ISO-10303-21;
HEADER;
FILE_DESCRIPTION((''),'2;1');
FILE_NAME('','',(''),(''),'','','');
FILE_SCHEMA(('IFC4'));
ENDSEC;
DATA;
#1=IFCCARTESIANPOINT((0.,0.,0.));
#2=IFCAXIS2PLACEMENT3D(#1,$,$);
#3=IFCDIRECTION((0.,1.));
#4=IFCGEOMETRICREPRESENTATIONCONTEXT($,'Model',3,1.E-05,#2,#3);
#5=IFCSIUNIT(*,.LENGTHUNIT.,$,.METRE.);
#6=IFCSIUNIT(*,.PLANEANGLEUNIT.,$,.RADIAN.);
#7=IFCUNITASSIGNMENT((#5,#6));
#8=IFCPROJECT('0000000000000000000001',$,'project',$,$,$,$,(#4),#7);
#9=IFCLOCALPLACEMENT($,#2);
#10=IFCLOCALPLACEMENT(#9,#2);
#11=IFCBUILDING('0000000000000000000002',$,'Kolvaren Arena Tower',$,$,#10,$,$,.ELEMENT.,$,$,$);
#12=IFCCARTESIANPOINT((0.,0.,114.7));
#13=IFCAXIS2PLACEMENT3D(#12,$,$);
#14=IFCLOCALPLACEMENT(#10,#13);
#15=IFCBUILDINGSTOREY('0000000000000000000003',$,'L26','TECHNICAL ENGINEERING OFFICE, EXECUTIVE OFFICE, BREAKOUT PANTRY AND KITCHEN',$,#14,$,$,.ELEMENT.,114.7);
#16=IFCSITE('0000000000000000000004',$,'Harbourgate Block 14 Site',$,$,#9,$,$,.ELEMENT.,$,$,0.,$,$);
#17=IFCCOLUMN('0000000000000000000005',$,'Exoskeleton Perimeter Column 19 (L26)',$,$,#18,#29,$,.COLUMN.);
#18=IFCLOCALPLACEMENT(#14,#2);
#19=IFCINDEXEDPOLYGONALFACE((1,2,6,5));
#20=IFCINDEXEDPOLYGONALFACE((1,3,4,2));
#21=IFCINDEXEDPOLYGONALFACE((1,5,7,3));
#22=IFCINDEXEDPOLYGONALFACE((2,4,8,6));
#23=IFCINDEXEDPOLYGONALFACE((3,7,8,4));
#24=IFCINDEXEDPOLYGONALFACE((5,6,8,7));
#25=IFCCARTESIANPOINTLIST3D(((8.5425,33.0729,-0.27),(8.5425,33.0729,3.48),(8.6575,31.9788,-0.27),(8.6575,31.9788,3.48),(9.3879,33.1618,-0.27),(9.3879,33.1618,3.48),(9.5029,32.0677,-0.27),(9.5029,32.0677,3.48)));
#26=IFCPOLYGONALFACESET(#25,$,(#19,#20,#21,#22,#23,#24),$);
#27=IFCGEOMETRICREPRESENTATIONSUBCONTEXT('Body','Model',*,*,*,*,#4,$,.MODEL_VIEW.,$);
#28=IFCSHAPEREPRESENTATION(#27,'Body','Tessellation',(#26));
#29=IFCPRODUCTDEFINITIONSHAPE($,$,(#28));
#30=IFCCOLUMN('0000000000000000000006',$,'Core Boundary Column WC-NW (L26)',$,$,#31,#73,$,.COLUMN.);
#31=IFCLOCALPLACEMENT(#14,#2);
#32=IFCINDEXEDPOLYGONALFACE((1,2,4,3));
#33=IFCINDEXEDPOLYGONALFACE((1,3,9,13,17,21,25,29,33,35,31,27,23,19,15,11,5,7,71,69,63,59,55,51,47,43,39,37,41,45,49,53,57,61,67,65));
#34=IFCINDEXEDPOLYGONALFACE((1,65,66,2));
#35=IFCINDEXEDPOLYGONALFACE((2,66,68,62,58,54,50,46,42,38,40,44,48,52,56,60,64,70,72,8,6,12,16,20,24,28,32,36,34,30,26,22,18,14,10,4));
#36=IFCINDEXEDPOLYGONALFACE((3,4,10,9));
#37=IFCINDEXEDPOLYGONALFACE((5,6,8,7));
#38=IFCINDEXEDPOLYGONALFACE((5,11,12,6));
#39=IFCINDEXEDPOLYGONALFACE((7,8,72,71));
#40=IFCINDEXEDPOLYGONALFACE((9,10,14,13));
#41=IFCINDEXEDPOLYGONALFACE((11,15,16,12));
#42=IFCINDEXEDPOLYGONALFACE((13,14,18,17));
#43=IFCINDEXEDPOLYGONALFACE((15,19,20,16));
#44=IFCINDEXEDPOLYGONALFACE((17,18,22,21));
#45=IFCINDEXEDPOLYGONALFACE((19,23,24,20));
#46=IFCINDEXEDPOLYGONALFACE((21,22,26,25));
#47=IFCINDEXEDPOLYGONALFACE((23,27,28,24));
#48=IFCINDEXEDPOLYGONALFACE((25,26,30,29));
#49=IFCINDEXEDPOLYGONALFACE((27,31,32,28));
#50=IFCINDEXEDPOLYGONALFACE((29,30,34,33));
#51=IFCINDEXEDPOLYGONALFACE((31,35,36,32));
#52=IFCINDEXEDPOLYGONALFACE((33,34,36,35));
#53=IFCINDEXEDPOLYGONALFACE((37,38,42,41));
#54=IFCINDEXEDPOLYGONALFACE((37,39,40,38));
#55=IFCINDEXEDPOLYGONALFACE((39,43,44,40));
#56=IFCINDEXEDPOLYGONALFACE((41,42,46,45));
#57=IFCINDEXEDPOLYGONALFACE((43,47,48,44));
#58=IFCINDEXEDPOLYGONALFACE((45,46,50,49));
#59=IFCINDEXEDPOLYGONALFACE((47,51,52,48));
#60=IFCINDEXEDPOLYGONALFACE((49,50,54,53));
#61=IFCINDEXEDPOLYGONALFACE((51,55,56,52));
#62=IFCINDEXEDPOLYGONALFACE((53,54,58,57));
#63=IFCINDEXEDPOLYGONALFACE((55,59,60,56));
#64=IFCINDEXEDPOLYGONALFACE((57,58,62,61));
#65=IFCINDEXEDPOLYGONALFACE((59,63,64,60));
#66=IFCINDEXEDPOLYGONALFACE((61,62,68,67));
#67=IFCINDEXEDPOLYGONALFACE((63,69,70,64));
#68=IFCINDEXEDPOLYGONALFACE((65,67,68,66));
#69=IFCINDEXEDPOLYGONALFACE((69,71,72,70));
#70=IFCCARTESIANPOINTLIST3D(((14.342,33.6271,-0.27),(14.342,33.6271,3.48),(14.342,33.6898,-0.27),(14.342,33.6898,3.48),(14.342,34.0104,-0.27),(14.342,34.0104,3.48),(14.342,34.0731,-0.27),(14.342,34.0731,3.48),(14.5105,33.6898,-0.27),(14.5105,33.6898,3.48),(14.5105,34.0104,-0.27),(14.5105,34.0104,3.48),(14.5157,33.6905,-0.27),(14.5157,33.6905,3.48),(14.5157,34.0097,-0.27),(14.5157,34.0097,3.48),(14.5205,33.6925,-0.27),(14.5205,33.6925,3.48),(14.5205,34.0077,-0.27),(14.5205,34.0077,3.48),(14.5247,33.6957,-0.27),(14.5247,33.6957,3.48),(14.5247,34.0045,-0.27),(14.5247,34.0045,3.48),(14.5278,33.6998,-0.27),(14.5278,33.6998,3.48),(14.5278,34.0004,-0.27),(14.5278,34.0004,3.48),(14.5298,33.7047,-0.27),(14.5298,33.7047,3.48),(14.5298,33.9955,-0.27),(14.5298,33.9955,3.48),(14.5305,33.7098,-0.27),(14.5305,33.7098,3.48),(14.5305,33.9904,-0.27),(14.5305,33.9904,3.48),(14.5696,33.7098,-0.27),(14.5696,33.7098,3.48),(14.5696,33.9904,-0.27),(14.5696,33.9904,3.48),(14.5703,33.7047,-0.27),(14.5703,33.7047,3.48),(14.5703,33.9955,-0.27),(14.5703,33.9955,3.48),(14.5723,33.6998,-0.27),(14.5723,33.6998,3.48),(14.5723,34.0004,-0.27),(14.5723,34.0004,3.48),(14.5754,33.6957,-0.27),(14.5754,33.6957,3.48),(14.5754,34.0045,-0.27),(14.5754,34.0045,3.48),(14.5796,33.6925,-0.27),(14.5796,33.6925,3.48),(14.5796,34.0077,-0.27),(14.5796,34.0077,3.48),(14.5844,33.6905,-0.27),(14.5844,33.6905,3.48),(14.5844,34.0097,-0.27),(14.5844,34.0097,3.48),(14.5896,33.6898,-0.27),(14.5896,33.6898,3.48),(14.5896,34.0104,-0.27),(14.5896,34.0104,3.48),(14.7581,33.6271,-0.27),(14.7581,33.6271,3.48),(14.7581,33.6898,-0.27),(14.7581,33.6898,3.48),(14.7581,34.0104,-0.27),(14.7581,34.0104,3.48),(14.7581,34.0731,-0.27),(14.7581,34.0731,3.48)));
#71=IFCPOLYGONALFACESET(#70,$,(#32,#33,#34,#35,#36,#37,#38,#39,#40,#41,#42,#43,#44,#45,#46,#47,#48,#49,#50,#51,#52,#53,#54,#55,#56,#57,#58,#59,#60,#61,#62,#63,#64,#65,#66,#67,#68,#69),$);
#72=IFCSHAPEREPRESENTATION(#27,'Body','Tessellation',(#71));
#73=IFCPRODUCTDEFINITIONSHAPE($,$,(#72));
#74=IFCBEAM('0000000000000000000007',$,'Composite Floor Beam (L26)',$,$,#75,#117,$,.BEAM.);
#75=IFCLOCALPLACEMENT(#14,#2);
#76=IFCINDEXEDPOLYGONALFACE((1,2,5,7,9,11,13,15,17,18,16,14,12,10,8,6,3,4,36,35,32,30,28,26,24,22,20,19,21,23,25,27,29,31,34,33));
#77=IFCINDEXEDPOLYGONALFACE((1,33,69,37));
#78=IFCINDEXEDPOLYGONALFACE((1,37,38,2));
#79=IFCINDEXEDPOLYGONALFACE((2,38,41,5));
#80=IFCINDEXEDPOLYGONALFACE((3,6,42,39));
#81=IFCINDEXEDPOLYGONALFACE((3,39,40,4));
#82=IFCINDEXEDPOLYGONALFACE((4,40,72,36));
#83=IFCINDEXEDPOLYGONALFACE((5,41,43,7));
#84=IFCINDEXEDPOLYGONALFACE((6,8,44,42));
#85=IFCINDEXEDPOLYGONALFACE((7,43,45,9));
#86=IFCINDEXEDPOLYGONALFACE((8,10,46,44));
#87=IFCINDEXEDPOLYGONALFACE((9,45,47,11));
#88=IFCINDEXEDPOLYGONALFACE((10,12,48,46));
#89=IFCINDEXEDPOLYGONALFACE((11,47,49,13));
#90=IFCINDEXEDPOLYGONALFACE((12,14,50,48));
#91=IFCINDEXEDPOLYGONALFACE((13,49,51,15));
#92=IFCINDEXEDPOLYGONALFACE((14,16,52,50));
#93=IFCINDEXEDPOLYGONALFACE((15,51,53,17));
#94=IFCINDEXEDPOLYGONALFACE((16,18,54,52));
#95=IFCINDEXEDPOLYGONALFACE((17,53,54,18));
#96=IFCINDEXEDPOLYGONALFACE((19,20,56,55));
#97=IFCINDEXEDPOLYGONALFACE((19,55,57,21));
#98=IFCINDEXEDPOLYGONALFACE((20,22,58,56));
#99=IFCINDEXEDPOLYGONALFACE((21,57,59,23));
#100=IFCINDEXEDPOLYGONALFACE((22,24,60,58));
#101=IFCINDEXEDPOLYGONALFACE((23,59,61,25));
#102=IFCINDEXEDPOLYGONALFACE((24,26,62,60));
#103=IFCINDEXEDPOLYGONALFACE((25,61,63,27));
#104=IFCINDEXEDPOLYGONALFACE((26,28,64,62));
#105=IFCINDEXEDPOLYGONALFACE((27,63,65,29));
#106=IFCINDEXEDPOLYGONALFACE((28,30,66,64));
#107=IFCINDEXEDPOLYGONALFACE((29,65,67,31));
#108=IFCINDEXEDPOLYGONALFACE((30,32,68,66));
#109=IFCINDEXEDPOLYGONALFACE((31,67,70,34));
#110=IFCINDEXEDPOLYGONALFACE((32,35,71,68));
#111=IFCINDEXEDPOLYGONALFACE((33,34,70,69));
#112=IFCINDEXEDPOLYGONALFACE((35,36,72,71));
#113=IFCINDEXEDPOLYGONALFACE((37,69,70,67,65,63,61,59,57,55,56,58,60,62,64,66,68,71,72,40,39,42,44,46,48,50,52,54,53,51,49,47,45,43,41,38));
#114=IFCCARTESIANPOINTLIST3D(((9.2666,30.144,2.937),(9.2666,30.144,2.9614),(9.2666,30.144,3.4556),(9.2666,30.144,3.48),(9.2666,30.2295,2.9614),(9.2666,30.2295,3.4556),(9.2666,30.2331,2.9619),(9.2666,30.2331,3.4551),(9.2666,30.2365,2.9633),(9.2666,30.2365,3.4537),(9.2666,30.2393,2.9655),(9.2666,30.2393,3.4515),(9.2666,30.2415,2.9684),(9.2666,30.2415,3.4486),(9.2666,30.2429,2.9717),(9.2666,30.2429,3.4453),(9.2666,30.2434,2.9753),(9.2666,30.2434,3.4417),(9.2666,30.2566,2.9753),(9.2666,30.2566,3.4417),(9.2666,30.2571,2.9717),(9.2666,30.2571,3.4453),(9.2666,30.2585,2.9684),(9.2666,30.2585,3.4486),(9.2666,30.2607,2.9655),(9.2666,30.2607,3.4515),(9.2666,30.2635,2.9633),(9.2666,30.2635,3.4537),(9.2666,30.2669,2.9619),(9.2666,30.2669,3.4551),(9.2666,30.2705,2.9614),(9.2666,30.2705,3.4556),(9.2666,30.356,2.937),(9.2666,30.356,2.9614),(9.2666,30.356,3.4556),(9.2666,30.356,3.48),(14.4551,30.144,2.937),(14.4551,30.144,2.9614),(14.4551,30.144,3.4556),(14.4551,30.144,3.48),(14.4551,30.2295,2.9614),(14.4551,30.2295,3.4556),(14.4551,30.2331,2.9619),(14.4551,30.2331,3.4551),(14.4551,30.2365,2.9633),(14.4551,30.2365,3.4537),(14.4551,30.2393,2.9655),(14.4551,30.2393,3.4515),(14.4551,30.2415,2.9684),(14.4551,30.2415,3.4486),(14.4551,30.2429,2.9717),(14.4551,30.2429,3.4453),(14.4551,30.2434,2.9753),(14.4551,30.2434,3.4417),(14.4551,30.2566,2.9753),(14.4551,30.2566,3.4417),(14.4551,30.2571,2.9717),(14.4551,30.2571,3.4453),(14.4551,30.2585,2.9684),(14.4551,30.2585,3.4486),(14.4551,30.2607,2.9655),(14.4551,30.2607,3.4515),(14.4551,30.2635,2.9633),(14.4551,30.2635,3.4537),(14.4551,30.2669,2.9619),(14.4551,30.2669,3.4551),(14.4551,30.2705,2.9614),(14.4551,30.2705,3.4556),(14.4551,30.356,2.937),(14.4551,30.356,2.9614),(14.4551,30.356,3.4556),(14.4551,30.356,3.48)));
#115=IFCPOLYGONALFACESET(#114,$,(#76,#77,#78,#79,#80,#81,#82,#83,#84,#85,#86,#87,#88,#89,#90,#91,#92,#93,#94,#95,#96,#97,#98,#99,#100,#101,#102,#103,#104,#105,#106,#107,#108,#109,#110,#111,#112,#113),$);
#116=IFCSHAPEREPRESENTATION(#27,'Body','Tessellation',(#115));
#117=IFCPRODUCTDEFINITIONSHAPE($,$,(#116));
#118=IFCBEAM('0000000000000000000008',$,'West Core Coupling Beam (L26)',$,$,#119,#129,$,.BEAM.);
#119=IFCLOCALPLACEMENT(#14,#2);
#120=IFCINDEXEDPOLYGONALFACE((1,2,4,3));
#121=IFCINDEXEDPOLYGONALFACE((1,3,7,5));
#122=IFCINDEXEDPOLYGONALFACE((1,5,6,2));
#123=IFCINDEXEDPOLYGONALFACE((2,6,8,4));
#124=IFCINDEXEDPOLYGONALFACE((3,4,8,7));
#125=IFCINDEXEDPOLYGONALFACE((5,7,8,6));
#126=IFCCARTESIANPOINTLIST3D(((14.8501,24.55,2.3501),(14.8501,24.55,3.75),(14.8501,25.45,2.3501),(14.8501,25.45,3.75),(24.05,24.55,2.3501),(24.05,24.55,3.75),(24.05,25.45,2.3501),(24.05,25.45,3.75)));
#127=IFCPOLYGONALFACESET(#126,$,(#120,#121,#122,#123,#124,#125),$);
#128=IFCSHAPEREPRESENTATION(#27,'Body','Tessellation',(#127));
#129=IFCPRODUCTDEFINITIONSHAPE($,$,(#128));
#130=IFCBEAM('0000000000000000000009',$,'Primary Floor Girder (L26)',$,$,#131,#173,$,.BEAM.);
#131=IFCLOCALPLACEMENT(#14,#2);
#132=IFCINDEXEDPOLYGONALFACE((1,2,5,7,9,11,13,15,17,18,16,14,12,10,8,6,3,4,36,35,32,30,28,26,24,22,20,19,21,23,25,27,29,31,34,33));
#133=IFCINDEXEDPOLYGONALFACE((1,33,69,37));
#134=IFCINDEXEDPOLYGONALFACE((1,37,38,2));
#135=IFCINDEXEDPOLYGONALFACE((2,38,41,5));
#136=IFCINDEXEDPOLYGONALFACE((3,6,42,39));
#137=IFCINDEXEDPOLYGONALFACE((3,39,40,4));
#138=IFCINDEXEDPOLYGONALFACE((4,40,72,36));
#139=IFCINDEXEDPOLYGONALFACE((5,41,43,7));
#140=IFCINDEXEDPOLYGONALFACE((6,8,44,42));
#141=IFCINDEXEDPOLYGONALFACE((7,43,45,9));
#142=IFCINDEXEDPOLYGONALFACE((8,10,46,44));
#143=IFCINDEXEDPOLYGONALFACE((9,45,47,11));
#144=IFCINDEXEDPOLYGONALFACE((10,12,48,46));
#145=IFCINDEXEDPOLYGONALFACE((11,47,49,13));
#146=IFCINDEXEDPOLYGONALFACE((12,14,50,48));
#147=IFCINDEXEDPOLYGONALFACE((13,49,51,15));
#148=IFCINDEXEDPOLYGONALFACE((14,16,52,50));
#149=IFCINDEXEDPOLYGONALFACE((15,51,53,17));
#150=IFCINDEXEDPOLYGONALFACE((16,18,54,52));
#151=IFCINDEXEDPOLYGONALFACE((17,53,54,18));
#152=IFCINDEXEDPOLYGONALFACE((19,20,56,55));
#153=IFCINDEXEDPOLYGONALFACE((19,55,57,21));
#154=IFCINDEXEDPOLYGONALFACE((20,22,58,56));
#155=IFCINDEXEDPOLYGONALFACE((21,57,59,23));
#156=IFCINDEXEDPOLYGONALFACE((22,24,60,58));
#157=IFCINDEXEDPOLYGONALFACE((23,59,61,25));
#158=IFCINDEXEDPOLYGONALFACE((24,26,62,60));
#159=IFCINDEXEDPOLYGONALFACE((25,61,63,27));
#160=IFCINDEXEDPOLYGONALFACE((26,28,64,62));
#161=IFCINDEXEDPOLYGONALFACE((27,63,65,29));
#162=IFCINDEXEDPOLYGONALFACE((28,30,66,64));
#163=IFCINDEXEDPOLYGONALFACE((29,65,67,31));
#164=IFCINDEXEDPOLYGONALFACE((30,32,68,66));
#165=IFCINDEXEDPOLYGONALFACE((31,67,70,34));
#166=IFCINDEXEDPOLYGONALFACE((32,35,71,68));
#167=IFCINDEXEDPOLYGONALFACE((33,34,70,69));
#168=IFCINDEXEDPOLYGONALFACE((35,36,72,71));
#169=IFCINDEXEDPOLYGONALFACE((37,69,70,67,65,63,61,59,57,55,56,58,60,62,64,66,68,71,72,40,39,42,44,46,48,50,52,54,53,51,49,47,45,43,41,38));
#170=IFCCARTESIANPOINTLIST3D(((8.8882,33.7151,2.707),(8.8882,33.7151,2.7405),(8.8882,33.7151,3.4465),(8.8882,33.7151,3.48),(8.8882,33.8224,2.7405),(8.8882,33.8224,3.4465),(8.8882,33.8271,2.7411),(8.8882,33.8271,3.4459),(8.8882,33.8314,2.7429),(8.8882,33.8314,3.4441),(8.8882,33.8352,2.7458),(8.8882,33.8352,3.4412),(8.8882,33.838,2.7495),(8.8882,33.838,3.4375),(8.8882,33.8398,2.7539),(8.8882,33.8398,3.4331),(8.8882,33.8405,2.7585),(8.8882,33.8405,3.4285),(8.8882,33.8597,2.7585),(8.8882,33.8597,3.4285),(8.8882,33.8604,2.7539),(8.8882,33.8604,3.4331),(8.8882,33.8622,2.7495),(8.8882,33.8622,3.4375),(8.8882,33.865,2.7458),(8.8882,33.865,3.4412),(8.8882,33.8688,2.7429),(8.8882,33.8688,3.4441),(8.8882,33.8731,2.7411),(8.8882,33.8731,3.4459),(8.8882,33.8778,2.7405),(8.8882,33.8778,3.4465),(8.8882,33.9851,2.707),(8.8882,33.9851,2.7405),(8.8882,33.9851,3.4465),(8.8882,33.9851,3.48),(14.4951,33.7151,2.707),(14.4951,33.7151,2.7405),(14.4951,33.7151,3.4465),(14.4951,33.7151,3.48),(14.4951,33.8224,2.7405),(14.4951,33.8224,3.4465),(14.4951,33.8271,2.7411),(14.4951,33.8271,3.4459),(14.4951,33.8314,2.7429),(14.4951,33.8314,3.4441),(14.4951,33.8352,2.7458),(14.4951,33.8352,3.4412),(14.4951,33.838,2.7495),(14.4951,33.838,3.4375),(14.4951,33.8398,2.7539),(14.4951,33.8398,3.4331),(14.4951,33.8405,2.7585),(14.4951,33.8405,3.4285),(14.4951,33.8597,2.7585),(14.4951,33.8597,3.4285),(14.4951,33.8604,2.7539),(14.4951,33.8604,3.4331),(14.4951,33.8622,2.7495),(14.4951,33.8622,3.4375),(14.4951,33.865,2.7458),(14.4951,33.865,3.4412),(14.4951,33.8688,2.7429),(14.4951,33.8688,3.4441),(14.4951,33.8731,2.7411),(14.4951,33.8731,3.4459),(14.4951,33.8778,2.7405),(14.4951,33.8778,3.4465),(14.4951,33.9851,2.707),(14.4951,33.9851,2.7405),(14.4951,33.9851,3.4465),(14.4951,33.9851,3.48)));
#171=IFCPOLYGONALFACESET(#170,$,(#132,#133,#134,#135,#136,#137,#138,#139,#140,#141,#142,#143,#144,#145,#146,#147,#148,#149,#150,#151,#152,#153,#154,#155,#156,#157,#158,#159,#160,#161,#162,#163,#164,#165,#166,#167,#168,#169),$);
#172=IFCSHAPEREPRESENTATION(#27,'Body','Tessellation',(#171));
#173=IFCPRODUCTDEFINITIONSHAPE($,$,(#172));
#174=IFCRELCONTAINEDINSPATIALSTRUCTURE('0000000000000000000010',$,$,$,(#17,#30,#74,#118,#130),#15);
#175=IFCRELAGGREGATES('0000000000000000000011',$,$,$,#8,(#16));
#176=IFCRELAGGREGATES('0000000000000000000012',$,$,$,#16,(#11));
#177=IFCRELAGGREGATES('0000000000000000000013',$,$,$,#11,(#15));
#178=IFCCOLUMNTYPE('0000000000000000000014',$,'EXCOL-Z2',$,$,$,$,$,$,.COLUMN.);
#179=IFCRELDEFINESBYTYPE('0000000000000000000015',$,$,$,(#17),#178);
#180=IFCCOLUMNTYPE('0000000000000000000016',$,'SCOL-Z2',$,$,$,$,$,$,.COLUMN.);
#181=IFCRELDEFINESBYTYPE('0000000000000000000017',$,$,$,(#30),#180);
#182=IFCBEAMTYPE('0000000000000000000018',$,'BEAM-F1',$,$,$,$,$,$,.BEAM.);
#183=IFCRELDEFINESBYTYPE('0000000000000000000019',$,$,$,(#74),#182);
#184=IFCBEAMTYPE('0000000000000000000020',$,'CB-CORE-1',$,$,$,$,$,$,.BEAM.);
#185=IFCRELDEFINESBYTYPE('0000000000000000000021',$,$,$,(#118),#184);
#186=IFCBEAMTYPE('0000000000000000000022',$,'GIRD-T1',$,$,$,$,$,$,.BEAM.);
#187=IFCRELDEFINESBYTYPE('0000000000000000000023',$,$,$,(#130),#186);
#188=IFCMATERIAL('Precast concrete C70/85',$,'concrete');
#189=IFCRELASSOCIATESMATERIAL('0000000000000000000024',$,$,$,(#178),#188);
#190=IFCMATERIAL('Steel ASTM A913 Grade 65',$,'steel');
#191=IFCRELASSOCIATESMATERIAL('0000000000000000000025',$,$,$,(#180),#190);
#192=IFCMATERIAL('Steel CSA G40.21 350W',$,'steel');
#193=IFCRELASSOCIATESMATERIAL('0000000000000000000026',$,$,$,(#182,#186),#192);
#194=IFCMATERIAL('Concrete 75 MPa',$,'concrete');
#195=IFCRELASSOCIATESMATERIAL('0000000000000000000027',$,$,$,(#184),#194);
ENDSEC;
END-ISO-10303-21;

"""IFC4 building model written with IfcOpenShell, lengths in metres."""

from ifc_helpers import new_model, si_unit, direction, frame, origin, origin_2d, place, context, subcontext, project, spatial, rectangle, i_section, extrude, material, material_profile, profile_set, type_object, element, save


model = new_model("IFC4")

# Units and contexts
model_context = context("Model", 3, precision=1e-05, world=origin(), true_north=direction((0.0, 1.0)))
body_context = subcontext(model_context, "Body", "Model", "MODEL_VIEW")
ifc_project = project(units=[si_unit("LENGTHUNIT", "METRE"), si_unit("PLANEANGLEUNIT", "RADIAN")], contexts=[model_context])

# Site, building, storey
site_placement = place(None, origin())
site = spatial("IfcSite", under=ifc_project, at=site_placement, Name="Harbourgate Block 14 Site", CompositionType="ELEMENT", RefElevation=0.0)
building_placement = place(site_placement, origin())
building = spatial("IfcBuilding", under=site, at=building_placement, Name="Kolvaren Arena Tower", CompositionType="ELEMENT")
storey_placement = place(building_placement, frame((0.0, 0.0, 114.7)))
storey = spatial("IfcBuildingStorey", under=building, at=storey_placement, Name="L26", Description="TECHNICAL ENGINEERING OFFICE, EXECUTIVE OFFICE, BREAKOUT PANTRY AND KITCHEN", CompositionType="ELEMENT", Elevation=114.7)

# Columns
ifc_material_1 = material(Name="Precast concrete C70/85", Category="concrete")
ifc_material_profile_1 = material_profile(ifc_material_1, rectangle(XDim=1.1001, YDim=0.8501, at=origin_2d()), Name="RC-1100x850")
ifc_profile_set_1 = profile_set([ifc_material_profile_1], Name="Precast concrete C70/85")
column_type_1 = type_object("IfcColumnType", Name="EXCOL-Z2", PredefinedType="COLUMN", material=ifc_profile_set_1)
column_1_placement = place(storey_placement, frame((9.0227, 32.5703, -0.27), z_axis=(0.0, 0.0, 1.0), x_axis=(-0.104528, 0.994522, 0.0)))
element("IfcColumn", 1, at=column_1_placement, inside=storey, type_object=column_type_1, Name="Exoskeleton Perimeter Column 19 (L26)", PredefinedType="COLUMN", context=body_context, shape_type="SweptSolid", body=[
    extrude(rectangle(XDim=1.1001, YDim=0.8501, at=origin_2d()), origin(), (0.0, 0.0, 1.0), 3.75),
])
ifc_material_2 = material(Name="Steel ASTM A913 Grade 65", Category="steel")
ifc_material_profile_2 = material_profile(ifc_material_2, i_section(OverallWidth=0.416, OverallDepth=0.446, WebThickness=0.0391, FlangeThickness=0.0627, FilletRadius=0.02, at=origin_2d()), Name="W360x509")
ifc_profile_set_2 = profile_set([ifc_material_profile_2], Name="Steel ASTM A913 Grade 65")
column_type_2 = type_object("IfcColumnType", Name="SCOL-Z2", PredefinedType="COLUMN", material=ifc_profile_set_2)
column_2_placement = place(storey_placement, frame((14.55, 33.8501, -0.27), z_axis=(0.0, 0.0, 1.0), x_axis=(1.0, 0.0, 0.0)))
element("IfcColumn", 2, at=column_2_placement, inside=storey, type_object=column_type_2, Name="Core Boundary Column WC-NW (L26)", PredefinedType="COLUMN", context=body_context, shape_type="SweptSolid", body=[
    extrude(i_section(OverallWidth=0.416, OverallDepth=0.446, WebThickness=0.0391, FlangeThickness=0.0627, FilletRadius=0.02, at=origin_2d()), origin(), (0.0, 0.0, 1.0), 3.75),
])

# Beams
ifc_material_3 = material(Name="Steel CSA G40.21 350W", Category="steel")
ifc_material_profile_3 = material_profile(ifc_material_3, i_section(OverallWidth=0.2119, OverallDepth=0.543, WebThickness=0.0132, FlangeThickness=0.0244, FilletRadius=0.0139, at=origin_2d()), Name="W530x150")
ifc_profile_set_3 = profile_set([ifc_material_profile_3], Name="Steel CSA G40.21 350W")
beam_type_1 = type_object("IfcBeamType", Name="BEAM-F1", PredefinedType="BEAM", material=ifc_profile_set_3)
beam_1_placement = place(storey_placement, frame((9.2666, 30.25, 3.2085), z_axis=(1.0, 0.0, 0.0), x_axis=(0.0, 1.0, 0.0)))
element("IfcBeam", 3, at=beam_1_placement, inside=storey, type_object=beam_type_1, Name="Composite Floor Beam (L26)", PredefinedType="BEAM", context=body_context, shape_type="SweptSolid", body=[
    extrude(i_section(OverallWidth=0.2119, OverallDepth=0.543, WebThickness=0.0132, FlangeThickness=0.0244, FilletRadius=0.0139, at=origin_2d()), origin(), (0.0, 0.0, 1.0), 5.1885),
])
ifc_material_4 = material(Name="Concrete 75 MPa", Category="concrete")
ifc_material_profile_4 = material_profile(ifc_material_4, rectangle(XDim=0.8999, YDim=1.3999, at=origin_2d()), Name="RC-900x1400")
ifc_profile_set_4 = profile_set([ifc_material_profile_4], Name="Concrete 75 MPa")
beam_type_2 = type_object("IfcBeamType", Name="CB-CORE-1", PredefinedType="BEAM", material=ifc_profile_set_4)
beam_2_placement = place(storey_placement, frame((14.8501, 25.0, 3.05), z_axis=(1.0, 0.0, 0.0), x_axis=(0.0, 1.0, 0.0)))
element("IfcBeam", 4, at=beam_2_placement, inside=storey, type_object=beam_type_2, Name="West Core Coupling Beam (L26)", PredefinedType="BEAM", context=body_context, shape_type="SweptSolid", body=[
    extrude(rectangle(XDim=0.8999, YDim=1.3999, at=origin_2d()), origin(), (0.0, 0.0, 1.0), 9.2),
])
ifc_material_profile_5 = material_profile(ifc_material_3, i_section(OverallWidth=0.27, OverallDepth=0.7729, WebThickness=0.0193, FlangeThickness=0.0334, FilletRadius=0.0181, at=origin_2d()), Name="W760x257")
ifc_profile_set_5 = profile_set([ifc_material_profile_5], Name="Steel CSA G40.21 350W")
beam_type_3 = type_object("IfcBeamType", Name="GIRD-T1", PredefinedType="BEAM", material=ifc_profile_set_5)
beam_3_placement = place(storey_placement, frame((8.8882, 33.8501, 3.0935), z_axis=(1.0, 0.0, 0.0), x_axis=(0.0, 1.0, 0.0)))
element("IfcBeam", 5, at=beam_3_placement, inside=storey, type_object=beam_type_3, Name="Primary Floor Girder (L26)", PredefinedType="BEAM", context=body_context, shape_type="SweptSolid", body=[
    extrude(i_section(OverallWidth=0.27, OverallDepth=0.7729, WebThickness=0.0193, FlangeThickness=0.0334, FilletRadius=0.0181, at=origin_2d()), origin(), (0.0, 0.0, 1.0), 5.6069),
])

save(model, "model.ifc")
